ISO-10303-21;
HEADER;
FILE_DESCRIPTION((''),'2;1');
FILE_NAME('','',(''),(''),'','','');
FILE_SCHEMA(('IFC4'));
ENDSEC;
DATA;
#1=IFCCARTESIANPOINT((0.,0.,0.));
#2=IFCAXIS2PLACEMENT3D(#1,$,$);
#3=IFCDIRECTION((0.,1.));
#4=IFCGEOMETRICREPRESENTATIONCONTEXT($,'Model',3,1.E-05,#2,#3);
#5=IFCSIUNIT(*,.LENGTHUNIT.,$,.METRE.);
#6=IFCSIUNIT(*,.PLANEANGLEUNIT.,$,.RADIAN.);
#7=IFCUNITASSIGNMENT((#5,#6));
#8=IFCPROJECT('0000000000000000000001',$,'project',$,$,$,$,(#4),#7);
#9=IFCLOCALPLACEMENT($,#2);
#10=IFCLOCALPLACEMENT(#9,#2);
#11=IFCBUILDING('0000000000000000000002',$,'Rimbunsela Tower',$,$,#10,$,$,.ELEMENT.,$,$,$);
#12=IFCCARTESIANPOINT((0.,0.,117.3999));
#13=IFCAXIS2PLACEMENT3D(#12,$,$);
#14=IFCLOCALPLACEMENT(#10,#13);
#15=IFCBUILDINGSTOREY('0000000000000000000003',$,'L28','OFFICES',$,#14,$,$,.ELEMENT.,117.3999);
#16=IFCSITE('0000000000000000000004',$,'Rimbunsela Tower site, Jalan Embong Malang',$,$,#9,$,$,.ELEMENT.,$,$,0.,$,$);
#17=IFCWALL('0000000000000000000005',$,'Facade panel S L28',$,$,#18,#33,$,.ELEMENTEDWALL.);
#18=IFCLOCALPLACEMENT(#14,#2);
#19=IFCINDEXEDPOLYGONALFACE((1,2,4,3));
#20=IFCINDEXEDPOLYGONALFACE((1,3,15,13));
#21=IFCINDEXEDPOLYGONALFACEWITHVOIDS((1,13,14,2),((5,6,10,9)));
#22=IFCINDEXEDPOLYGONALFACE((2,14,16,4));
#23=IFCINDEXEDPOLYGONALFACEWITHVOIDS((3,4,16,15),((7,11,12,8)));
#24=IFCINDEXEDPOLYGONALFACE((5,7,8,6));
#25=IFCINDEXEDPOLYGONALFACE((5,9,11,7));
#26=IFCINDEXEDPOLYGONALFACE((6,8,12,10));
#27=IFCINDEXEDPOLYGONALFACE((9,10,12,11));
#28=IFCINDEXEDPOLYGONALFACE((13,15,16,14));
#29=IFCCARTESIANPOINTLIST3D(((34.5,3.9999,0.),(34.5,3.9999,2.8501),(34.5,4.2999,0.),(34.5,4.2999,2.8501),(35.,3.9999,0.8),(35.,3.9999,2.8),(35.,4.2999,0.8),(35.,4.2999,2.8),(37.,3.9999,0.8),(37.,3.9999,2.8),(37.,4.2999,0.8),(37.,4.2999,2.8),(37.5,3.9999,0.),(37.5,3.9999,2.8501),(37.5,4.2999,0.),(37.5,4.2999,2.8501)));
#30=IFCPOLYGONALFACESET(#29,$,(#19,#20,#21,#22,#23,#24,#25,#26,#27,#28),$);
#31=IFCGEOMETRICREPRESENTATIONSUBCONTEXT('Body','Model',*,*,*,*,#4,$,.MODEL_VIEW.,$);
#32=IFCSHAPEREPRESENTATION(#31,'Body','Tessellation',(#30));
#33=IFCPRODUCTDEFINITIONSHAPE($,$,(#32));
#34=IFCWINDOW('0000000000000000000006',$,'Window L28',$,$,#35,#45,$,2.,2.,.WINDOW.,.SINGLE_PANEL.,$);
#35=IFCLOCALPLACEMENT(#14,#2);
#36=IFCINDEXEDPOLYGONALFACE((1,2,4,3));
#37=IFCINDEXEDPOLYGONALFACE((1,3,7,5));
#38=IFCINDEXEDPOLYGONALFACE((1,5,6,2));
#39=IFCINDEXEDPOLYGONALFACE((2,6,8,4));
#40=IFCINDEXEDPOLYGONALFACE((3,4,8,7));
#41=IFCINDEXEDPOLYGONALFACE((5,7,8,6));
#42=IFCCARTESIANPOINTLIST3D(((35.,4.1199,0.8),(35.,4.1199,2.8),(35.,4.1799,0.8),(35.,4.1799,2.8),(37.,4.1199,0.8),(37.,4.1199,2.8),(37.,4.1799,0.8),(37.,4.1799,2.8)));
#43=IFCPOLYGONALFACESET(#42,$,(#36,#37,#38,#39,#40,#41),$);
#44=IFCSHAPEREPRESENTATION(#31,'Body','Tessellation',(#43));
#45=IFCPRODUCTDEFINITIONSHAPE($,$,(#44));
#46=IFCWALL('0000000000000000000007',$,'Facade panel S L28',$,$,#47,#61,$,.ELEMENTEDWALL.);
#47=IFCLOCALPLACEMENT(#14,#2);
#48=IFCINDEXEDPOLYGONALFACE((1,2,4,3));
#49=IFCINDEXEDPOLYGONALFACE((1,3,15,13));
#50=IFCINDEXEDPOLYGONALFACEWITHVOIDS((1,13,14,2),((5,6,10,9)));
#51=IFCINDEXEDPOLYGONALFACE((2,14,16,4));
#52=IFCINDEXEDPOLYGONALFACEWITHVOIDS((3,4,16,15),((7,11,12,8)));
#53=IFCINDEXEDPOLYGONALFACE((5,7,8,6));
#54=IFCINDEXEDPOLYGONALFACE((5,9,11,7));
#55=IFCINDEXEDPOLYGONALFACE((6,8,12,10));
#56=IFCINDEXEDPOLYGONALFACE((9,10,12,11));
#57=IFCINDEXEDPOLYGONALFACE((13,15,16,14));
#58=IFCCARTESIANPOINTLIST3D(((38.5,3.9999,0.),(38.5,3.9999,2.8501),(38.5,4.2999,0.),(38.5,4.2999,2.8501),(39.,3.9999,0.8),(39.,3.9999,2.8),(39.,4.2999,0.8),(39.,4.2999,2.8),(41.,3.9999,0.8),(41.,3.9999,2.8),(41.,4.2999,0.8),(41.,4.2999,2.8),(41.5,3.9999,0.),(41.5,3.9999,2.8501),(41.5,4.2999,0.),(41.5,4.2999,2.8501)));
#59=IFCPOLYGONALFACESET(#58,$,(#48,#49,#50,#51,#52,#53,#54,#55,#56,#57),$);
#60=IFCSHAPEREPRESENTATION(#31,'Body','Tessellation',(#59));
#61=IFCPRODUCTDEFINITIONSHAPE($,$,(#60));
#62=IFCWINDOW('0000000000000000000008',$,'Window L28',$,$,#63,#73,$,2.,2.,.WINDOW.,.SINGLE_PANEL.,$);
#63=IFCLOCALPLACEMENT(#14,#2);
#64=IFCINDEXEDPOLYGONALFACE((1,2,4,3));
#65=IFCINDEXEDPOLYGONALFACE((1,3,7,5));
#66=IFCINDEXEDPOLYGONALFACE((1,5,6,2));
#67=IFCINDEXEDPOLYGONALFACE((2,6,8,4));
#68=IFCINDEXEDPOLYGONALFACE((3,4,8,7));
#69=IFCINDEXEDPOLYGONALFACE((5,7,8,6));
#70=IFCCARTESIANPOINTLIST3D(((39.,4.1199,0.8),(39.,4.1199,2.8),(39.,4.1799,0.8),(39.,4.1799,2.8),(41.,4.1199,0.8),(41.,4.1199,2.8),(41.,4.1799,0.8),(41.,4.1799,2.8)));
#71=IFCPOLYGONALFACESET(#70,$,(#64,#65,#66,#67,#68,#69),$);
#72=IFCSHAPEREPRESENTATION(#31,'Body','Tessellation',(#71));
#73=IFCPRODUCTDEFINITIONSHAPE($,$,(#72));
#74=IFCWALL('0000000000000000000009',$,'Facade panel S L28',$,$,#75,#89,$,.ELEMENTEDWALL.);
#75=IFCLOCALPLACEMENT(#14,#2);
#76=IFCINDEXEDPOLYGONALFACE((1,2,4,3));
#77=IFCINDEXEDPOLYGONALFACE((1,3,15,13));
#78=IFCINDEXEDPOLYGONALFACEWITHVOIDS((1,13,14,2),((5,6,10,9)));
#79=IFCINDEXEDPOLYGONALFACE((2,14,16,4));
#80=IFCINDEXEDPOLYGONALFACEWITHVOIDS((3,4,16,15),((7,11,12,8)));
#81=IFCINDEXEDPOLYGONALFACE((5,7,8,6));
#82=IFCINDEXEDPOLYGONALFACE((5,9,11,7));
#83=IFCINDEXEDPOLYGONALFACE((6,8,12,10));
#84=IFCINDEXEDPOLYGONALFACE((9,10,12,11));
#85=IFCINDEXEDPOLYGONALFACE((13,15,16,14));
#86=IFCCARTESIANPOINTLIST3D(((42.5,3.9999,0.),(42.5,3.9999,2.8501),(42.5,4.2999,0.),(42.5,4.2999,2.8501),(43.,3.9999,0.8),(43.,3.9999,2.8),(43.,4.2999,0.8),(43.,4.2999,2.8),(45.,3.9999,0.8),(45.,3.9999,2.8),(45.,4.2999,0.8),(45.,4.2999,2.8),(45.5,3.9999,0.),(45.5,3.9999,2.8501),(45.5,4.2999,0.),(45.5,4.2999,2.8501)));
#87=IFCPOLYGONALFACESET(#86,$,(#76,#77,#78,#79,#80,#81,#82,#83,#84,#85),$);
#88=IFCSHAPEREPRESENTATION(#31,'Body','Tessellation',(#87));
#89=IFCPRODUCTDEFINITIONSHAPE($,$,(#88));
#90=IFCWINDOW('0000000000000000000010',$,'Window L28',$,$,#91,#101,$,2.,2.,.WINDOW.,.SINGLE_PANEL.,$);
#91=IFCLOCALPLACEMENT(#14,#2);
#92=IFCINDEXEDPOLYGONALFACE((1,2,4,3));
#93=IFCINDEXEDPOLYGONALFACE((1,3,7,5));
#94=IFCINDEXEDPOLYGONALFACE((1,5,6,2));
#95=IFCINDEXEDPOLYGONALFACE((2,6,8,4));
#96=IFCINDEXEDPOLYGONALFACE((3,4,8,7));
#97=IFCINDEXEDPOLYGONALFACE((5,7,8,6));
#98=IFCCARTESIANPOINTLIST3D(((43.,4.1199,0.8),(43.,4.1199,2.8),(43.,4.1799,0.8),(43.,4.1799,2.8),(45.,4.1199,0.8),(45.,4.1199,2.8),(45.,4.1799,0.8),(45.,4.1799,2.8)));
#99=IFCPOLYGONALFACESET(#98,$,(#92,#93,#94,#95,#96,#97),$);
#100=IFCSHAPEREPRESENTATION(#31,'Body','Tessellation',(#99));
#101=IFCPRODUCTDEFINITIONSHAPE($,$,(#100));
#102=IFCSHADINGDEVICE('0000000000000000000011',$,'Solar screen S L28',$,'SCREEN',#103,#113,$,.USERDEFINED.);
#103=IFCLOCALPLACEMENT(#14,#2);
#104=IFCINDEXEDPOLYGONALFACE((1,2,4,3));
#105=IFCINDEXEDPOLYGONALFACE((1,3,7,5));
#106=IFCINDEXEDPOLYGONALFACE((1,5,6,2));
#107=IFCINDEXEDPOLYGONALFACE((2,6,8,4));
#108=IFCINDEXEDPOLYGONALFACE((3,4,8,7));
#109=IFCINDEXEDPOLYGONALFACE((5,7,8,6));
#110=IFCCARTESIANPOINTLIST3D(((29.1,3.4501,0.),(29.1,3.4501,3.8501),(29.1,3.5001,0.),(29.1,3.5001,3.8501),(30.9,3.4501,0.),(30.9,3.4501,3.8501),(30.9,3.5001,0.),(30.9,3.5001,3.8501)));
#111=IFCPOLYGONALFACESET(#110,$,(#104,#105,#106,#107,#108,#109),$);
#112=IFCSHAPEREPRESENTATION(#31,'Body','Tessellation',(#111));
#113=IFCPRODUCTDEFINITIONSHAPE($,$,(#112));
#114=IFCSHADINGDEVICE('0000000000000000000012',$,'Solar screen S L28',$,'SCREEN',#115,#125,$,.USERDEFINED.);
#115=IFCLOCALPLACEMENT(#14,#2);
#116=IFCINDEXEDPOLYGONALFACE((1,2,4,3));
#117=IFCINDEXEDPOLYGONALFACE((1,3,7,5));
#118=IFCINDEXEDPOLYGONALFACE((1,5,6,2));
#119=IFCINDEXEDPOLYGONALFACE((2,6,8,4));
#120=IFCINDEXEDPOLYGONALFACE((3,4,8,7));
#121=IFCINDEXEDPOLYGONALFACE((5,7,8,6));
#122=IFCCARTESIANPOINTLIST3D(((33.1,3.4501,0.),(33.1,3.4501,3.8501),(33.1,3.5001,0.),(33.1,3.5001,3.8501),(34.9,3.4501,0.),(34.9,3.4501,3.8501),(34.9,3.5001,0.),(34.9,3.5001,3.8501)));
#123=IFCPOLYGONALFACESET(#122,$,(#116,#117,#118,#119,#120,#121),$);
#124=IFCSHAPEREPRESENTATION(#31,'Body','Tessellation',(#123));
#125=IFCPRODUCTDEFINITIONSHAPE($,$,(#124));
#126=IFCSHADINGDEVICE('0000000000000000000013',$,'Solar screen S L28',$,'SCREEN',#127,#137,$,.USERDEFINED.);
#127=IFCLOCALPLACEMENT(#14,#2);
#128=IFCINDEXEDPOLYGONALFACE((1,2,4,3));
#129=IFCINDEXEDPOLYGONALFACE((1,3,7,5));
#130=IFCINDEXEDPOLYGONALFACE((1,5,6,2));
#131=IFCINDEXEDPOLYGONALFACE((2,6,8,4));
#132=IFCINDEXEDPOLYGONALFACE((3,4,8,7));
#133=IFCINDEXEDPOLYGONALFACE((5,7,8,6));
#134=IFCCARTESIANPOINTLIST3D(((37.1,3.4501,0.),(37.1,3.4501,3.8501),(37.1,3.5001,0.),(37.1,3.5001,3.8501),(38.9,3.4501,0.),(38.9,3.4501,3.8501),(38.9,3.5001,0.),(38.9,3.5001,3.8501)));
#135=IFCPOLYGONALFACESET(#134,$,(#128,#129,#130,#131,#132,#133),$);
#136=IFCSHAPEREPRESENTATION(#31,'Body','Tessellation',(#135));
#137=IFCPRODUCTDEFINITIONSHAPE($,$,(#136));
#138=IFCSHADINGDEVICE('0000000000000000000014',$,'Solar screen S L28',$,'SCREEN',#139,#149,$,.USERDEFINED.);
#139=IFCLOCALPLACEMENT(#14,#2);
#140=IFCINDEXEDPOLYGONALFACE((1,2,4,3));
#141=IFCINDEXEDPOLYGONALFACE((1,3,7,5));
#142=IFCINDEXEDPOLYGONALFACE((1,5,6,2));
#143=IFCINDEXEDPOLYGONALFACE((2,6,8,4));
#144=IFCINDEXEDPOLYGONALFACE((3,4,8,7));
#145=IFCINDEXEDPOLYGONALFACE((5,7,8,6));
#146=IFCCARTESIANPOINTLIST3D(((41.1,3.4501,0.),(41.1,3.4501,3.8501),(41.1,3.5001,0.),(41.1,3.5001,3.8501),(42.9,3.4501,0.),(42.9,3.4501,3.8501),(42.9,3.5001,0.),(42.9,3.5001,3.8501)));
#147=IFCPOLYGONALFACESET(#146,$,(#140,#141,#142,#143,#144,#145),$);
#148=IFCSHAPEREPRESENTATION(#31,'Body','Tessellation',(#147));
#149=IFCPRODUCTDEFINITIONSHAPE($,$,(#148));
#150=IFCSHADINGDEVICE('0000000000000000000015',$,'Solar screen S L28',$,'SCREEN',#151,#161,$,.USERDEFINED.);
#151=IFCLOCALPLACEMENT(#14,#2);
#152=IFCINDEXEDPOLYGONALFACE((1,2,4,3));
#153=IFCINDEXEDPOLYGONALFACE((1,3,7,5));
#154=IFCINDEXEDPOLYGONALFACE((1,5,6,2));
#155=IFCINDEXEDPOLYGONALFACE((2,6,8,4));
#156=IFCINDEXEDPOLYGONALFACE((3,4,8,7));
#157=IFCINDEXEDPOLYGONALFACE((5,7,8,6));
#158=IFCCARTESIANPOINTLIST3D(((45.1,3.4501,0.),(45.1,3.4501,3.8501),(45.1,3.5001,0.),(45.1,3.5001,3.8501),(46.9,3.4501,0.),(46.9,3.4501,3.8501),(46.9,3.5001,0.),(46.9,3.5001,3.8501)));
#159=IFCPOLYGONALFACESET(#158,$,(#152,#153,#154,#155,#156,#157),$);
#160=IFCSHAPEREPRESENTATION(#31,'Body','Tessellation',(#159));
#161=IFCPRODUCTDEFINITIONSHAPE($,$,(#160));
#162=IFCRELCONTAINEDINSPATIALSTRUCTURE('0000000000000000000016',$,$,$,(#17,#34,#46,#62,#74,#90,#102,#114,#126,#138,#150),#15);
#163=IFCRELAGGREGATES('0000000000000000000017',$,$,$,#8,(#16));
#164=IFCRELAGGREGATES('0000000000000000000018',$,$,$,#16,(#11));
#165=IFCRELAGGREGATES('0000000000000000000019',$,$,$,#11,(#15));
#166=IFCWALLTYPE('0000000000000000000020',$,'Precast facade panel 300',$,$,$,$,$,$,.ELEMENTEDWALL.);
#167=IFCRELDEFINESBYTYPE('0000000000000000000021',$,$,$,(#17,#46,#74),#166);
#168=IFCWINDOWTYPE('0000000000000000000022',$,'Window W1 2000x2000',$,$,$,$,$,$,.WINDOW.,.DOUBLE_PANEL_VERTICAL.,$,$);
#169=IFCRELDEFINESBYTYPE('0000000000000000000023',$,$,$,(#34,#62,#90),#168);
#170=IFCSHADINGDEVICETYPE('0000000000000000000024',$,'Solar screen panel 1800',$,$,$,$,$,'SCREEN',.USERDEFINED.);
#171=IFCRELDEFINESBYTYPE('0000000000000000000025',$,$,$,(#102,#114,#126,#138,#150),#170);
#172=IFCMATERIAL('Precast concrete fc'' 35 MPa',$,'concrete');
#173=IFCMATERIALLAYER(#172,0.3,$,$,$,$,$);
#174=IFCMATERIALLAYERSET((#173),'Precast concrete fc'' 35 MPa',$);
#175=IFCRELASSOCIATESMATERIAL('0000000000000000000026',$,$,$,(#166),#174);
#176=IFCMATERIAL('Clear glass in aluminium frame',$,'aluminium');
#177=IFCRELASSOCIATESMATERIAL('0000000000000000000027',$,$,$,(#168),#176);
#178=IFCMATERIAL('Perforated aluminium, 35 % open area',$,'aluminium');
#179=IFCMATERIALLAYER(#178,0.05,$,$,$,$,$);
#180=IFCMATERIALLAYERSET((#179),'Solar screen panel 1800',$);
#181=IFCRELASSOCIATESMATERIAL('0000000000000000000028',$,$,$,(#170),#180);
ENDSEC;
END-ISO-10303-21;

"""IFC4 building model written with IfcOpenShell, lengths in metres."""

from ifc_helpers import new_model, si_unit, direction, frame, frame_2d, origin, origin_2d, place, context, subcontext, project, spatial, rectangle, extrude, material, layer, layer_set, type_object, element, fill, save


model = new_model("IFC4")

# Units and contexts
model_context = context("Model", 3, precision=1e-05, world=origin(), true_north=direction((0.0, 1.0)))
body_context = subcontext(model_context, "Body", "Model", "MODEL_VIEW")
ifc_project = project(units=[si_unit("LENGTHUNIT", "METRE"), si_unit("PLANEANGLEUNIT", "RADIAN")], contexts=[model_context])

# Site, building, storey
site_placement = place(None, origin())
site = spatial("IfcSite", under=ifc_project, at=site_placement, Name="Rimbunsela Tower site, Jalan Embong Malang", CompositionType="ELEMENT", RefElevation=0.0)
building_placement = place(site_placement, origin())
building = spatial("IfcBuilding", under=site, at=building_placement, Name="Rimbunsela Tower", CompositionType="ELEMENT")
storey_placement = place(building_placement, frame((0.0, 0.0, 117.3999)))
storey = spatial("IfcBuildingStorey", under=building, at=storey_placement, Name="L28", Description="OFFICES", CompositionType="ELEMENT", Elevation=117.3999)

# Walls, openings, windows
ifc_material_1 = material(Name="Precast concrete fc' 35 MPa", Category="concrete")
ifc_layer_1 = layer(ifc_material_1, 0.3)
ifc_layer_set_1 = layer_set([ifc_layer_1], Name="Precast concrete fc' 35 MPa")
wall_type_1 = type_object("IfcWallType", Name="Precast facade panel 300", PredefinedType="ELEMENTEDWALL", material=ifc_layer_set_1)
ifc_material_2 = material(Name="Clear glass in aluminium frame", Category="aluminium")
window_type = type_object("IfcWindowType", Name="Window W1 2000x2000", PartitioningType="DOUBLE_PANEL_VERTICAL", PredefinedType="WINDOW", material=ifc_material_2)
wall_1_placement = place(storey_placement, frame((34.5, 4.1499, 0.0), z_axis=(0.0, 0.0, 1.0), x_axis=(1.0, 0.0, 0.0)))
wall_1 = element("IfcWall", 1, at=wall_1_placement, inside=storey, type_object=wall_type_1, Name="Facade panel S L28", PredefinedType="ELEMENTEDWALL", context=body_context, shape_type="SweptSolid", body=[
    extrude(rectangle(XDim=3.0, YDim=0.3, at=frame_2d((1.5, 0.0))), origin(), (0.0, 0.0, 1.0), 2.8501),
])
opening_1_placement = place(wall_1_placement, frame((0.5, 0.0, 0.8)))
opening_1 = element("IfcOpeningElement", 2, at=opening_1_placement, cuts=wall_1, PredefinedType="OPENING", context=body_context, shape_type="SweptSolid", body=[
    extrude(rectangle(XDim=2.0, YDim=2.0, at=frame_2d((1.0, 1.0))), frame((0.0, 0.1599, 0.0), z_axis=(0.0, -1.0, 0.0), x_axis=(1.0, 0.0, 0.0)), (0.0, 0.0, 1.0), 0.3201),
])
window_1_placement = place(opening_1_placement, origin())
window_1 = element("IfcWindow", 3, at=window_1_placement, inside=storey, type_object=window_type, Name="Window L28", OverallHeight=2.0, OverallWidth=2.0, PartitioningType="SINGLE_PANEL", PredefinedType="WINDOW", context=body_context, shape_type="SweptSolid", body=[
    extrude(rectangle(XDim=2.0, YDim=2.0, at=frame_2d((1.0, 1.0))), frame((0.0, 0.03, 0.0), z_axis=(0.0, -1.0, 0.0), x_axis=(1.0, 0.0, 0.0)), (0.0, 0.0, 1.0), 0.0601),
])
fill(opening_1, window_1)
wall_2_placement = place(storey_placement, frame((38.5, 4.1499, 0.0), z_axis=(0.0, 0.0, 1.0), x_axis=(1.0, 0.0, 0.0)))
wall_2 = element("IfcWall", 4, at=wall_2_placement, inside=storey, type_object=wall_type_1, Name="Facade panel S L28", PredefinedType="ELEMENTEDWALL", context=body_context, shape_type="SweptSolid", body=[
    extrude(rectangle(XDim=3.0, YDim=0.3, at=frame_2d((1.5, 0.0))), origin(), (0.0, 0.0, 1.0), 2.8501),
])
opening_2_placement = place(wall_2_placement, frame((0.5, 0.0, 0.8)))
opening_2 = element("IfcOpeningElement", 5, at=opening_2_placement, cuts=wall_2, PredefinedType="OPENING", context=body_context, shape_type="SweptSolid", body=[
    extrude(rectangle(XDim=2.0, YDim=2.0, at=frame_2d((1.0, 1.0))), frame((0.0, 0.1599, 0.0), z_axis=(0.0, -1.0, 0.0), x_axis=(1.0, 0.0, 0.0)), (0.0, 0.0, 1.0), 0.3201),
])
window_2_placement = place(opening_2_placement, origin())
window_2 = element("IfcWindow", 6, at=window_2_placement, inside=storey, type_object=window_type, Name="Window L28", OverallHeight=2.0, OverallWidth=2.0, PartitioningType="SINGLE_PANEL", PredefinedType="WINDOW", context=body_context, shape_type="SweptSolid", body=[
    extrude(rectangle(XDim=2.0, YDim=2.0, at=frame_2d((1.0, 1.0))), frame((0.0, 0.03, 0.0), z_axis=(0.0, -1.0, 0.0), x_axis=(1.0, 0.0, 0.0)), (0.0, 0.0, 1.0), 0.0601),
])
fill(opening_2, window_2)
wall_3_placement = place(storey_placement, frame((42.5, 4.1499, 0.0), z_axis=(0.0, 0.0, 1.0), x_axis=(1.0, 0.0, 0.0)))
wall_3 = element("IfcWall", 7, at=wall_3_placement, inside=storey, type_object=wall_type_1, Name="Facade panel S L28", PredefinedType="ELEMENTEDWALL", context=body_context, shape_type="SweptSolid", body=[
    extrude(rectangle(XDim=3.0, YDim=0.3, at=frame_2d((1.5, 0.0))), origin(), (0.0, 0.0, 1.0), 2.8501),
])
opening_3_placement = place(wall_3_placement, frame((0.5, 0.0, 0.8)))
opening_3 = element("IfcOpeningElement", 8, at=opening_3_placement, cuts=wall_3, PredefinedType="OPENING", context=body_context, shape_type="SweptSolid", body=[
    extrude(rectangle(XDim=2.0, YDim=2.0, at=frame_2d((1.0, 1.0))), frame((0.0, 0.1599, 0.0), z_axis=(0.0, -1.0, 0.0), x_axis=(1.0, 0.0, 0.0)), (0.0, 0.0, 1.0), 0.3201),
])
window_3_placement = place(opening_3_placement, origin())
window_3 = element("IfcWindow", 9, at=window_3_placement, inside=storey, type_object=window_type, Name="Window L28", OverallHeight=2.0, OverallWidth=2.0, PartitioningType="SINGLE_PANEL", PredefinedType="WINDOW", context=body_context, shape_type="SweptSolid", body=[
    extrude(rectangle(XDim=2.0, YDim=2.0, at=frame_2d((1.0, 1.0))), frame((0.0, 0.03, 0.0), z_axis=(0.0, -1.0, 0.0), x_axis=(1.0, 0.0, 0.0)), (0.0, 0.0, 1.0), 0.0601),
])
fill(opening_3, window_3)

# Shading devices
ifc_material_3 = material(Name="Perforated aluminium, 35 % open area", Category="aluminium")
ifc_layer_2 = layer(ifc_material_3, 0.05)
ifc_layer_set_2 = layer_set([ifc_layer_2], Name="Solar screen panel 1800")
shading_device_type = type_object("IfcShadingDeviceType", Name="Solar screen panel 1800", ElementType="SCREEN", PredefinedType="USERDEFINED", material=ifc_layer_set_2)
for number, where, z_axis, x_axis, name in (
    (10, (30.0, 3.4751, 0.0), (0.0, 0.0, 1.0), (1.0, 0.0, 0.0), "Solar screen S L28"),
    (11, (34.0, 3.4751, 0.0), (0.0, 0.0, 1.0), (1.0, 0.0, 0.0), "Solar screen S L28"),
    (12, (38.0, 3.4751, 0.0), (0.0, 0.0, 1.0), (1.0, 0.0, 0.0), "Solar screen S L28"),
    (13, (42.0, 3.4751, 0.0), (0.0, 0.0, 1.0), (1.0, 0.0, 0.0), "Solar screen S L28"),
    (14, (46.0, 3.4751, 0.0), (0.0, 0.0, 1.0), (1.0, 0.0, 0.0), "Solar screen S L28"),
):
    element("IfcShadingDevice", number, at=place(storey_placement, frame(where, z_axis=z_axis, x_axis=x_axis)), inside=storey, type_object=shading_device_type, Name=name, ObjectType="SCREEN", PredefinedType="USERDEFINED", context=body_context, shape_type="SweptSolid", body=[
        extrude(rectangle(XDim=1.8, YDim=0.05, at=origin_2d()), origin(), (0.0, 0.0, 1.0), 3.8501),
    ])

save(model, "model.ifc")
